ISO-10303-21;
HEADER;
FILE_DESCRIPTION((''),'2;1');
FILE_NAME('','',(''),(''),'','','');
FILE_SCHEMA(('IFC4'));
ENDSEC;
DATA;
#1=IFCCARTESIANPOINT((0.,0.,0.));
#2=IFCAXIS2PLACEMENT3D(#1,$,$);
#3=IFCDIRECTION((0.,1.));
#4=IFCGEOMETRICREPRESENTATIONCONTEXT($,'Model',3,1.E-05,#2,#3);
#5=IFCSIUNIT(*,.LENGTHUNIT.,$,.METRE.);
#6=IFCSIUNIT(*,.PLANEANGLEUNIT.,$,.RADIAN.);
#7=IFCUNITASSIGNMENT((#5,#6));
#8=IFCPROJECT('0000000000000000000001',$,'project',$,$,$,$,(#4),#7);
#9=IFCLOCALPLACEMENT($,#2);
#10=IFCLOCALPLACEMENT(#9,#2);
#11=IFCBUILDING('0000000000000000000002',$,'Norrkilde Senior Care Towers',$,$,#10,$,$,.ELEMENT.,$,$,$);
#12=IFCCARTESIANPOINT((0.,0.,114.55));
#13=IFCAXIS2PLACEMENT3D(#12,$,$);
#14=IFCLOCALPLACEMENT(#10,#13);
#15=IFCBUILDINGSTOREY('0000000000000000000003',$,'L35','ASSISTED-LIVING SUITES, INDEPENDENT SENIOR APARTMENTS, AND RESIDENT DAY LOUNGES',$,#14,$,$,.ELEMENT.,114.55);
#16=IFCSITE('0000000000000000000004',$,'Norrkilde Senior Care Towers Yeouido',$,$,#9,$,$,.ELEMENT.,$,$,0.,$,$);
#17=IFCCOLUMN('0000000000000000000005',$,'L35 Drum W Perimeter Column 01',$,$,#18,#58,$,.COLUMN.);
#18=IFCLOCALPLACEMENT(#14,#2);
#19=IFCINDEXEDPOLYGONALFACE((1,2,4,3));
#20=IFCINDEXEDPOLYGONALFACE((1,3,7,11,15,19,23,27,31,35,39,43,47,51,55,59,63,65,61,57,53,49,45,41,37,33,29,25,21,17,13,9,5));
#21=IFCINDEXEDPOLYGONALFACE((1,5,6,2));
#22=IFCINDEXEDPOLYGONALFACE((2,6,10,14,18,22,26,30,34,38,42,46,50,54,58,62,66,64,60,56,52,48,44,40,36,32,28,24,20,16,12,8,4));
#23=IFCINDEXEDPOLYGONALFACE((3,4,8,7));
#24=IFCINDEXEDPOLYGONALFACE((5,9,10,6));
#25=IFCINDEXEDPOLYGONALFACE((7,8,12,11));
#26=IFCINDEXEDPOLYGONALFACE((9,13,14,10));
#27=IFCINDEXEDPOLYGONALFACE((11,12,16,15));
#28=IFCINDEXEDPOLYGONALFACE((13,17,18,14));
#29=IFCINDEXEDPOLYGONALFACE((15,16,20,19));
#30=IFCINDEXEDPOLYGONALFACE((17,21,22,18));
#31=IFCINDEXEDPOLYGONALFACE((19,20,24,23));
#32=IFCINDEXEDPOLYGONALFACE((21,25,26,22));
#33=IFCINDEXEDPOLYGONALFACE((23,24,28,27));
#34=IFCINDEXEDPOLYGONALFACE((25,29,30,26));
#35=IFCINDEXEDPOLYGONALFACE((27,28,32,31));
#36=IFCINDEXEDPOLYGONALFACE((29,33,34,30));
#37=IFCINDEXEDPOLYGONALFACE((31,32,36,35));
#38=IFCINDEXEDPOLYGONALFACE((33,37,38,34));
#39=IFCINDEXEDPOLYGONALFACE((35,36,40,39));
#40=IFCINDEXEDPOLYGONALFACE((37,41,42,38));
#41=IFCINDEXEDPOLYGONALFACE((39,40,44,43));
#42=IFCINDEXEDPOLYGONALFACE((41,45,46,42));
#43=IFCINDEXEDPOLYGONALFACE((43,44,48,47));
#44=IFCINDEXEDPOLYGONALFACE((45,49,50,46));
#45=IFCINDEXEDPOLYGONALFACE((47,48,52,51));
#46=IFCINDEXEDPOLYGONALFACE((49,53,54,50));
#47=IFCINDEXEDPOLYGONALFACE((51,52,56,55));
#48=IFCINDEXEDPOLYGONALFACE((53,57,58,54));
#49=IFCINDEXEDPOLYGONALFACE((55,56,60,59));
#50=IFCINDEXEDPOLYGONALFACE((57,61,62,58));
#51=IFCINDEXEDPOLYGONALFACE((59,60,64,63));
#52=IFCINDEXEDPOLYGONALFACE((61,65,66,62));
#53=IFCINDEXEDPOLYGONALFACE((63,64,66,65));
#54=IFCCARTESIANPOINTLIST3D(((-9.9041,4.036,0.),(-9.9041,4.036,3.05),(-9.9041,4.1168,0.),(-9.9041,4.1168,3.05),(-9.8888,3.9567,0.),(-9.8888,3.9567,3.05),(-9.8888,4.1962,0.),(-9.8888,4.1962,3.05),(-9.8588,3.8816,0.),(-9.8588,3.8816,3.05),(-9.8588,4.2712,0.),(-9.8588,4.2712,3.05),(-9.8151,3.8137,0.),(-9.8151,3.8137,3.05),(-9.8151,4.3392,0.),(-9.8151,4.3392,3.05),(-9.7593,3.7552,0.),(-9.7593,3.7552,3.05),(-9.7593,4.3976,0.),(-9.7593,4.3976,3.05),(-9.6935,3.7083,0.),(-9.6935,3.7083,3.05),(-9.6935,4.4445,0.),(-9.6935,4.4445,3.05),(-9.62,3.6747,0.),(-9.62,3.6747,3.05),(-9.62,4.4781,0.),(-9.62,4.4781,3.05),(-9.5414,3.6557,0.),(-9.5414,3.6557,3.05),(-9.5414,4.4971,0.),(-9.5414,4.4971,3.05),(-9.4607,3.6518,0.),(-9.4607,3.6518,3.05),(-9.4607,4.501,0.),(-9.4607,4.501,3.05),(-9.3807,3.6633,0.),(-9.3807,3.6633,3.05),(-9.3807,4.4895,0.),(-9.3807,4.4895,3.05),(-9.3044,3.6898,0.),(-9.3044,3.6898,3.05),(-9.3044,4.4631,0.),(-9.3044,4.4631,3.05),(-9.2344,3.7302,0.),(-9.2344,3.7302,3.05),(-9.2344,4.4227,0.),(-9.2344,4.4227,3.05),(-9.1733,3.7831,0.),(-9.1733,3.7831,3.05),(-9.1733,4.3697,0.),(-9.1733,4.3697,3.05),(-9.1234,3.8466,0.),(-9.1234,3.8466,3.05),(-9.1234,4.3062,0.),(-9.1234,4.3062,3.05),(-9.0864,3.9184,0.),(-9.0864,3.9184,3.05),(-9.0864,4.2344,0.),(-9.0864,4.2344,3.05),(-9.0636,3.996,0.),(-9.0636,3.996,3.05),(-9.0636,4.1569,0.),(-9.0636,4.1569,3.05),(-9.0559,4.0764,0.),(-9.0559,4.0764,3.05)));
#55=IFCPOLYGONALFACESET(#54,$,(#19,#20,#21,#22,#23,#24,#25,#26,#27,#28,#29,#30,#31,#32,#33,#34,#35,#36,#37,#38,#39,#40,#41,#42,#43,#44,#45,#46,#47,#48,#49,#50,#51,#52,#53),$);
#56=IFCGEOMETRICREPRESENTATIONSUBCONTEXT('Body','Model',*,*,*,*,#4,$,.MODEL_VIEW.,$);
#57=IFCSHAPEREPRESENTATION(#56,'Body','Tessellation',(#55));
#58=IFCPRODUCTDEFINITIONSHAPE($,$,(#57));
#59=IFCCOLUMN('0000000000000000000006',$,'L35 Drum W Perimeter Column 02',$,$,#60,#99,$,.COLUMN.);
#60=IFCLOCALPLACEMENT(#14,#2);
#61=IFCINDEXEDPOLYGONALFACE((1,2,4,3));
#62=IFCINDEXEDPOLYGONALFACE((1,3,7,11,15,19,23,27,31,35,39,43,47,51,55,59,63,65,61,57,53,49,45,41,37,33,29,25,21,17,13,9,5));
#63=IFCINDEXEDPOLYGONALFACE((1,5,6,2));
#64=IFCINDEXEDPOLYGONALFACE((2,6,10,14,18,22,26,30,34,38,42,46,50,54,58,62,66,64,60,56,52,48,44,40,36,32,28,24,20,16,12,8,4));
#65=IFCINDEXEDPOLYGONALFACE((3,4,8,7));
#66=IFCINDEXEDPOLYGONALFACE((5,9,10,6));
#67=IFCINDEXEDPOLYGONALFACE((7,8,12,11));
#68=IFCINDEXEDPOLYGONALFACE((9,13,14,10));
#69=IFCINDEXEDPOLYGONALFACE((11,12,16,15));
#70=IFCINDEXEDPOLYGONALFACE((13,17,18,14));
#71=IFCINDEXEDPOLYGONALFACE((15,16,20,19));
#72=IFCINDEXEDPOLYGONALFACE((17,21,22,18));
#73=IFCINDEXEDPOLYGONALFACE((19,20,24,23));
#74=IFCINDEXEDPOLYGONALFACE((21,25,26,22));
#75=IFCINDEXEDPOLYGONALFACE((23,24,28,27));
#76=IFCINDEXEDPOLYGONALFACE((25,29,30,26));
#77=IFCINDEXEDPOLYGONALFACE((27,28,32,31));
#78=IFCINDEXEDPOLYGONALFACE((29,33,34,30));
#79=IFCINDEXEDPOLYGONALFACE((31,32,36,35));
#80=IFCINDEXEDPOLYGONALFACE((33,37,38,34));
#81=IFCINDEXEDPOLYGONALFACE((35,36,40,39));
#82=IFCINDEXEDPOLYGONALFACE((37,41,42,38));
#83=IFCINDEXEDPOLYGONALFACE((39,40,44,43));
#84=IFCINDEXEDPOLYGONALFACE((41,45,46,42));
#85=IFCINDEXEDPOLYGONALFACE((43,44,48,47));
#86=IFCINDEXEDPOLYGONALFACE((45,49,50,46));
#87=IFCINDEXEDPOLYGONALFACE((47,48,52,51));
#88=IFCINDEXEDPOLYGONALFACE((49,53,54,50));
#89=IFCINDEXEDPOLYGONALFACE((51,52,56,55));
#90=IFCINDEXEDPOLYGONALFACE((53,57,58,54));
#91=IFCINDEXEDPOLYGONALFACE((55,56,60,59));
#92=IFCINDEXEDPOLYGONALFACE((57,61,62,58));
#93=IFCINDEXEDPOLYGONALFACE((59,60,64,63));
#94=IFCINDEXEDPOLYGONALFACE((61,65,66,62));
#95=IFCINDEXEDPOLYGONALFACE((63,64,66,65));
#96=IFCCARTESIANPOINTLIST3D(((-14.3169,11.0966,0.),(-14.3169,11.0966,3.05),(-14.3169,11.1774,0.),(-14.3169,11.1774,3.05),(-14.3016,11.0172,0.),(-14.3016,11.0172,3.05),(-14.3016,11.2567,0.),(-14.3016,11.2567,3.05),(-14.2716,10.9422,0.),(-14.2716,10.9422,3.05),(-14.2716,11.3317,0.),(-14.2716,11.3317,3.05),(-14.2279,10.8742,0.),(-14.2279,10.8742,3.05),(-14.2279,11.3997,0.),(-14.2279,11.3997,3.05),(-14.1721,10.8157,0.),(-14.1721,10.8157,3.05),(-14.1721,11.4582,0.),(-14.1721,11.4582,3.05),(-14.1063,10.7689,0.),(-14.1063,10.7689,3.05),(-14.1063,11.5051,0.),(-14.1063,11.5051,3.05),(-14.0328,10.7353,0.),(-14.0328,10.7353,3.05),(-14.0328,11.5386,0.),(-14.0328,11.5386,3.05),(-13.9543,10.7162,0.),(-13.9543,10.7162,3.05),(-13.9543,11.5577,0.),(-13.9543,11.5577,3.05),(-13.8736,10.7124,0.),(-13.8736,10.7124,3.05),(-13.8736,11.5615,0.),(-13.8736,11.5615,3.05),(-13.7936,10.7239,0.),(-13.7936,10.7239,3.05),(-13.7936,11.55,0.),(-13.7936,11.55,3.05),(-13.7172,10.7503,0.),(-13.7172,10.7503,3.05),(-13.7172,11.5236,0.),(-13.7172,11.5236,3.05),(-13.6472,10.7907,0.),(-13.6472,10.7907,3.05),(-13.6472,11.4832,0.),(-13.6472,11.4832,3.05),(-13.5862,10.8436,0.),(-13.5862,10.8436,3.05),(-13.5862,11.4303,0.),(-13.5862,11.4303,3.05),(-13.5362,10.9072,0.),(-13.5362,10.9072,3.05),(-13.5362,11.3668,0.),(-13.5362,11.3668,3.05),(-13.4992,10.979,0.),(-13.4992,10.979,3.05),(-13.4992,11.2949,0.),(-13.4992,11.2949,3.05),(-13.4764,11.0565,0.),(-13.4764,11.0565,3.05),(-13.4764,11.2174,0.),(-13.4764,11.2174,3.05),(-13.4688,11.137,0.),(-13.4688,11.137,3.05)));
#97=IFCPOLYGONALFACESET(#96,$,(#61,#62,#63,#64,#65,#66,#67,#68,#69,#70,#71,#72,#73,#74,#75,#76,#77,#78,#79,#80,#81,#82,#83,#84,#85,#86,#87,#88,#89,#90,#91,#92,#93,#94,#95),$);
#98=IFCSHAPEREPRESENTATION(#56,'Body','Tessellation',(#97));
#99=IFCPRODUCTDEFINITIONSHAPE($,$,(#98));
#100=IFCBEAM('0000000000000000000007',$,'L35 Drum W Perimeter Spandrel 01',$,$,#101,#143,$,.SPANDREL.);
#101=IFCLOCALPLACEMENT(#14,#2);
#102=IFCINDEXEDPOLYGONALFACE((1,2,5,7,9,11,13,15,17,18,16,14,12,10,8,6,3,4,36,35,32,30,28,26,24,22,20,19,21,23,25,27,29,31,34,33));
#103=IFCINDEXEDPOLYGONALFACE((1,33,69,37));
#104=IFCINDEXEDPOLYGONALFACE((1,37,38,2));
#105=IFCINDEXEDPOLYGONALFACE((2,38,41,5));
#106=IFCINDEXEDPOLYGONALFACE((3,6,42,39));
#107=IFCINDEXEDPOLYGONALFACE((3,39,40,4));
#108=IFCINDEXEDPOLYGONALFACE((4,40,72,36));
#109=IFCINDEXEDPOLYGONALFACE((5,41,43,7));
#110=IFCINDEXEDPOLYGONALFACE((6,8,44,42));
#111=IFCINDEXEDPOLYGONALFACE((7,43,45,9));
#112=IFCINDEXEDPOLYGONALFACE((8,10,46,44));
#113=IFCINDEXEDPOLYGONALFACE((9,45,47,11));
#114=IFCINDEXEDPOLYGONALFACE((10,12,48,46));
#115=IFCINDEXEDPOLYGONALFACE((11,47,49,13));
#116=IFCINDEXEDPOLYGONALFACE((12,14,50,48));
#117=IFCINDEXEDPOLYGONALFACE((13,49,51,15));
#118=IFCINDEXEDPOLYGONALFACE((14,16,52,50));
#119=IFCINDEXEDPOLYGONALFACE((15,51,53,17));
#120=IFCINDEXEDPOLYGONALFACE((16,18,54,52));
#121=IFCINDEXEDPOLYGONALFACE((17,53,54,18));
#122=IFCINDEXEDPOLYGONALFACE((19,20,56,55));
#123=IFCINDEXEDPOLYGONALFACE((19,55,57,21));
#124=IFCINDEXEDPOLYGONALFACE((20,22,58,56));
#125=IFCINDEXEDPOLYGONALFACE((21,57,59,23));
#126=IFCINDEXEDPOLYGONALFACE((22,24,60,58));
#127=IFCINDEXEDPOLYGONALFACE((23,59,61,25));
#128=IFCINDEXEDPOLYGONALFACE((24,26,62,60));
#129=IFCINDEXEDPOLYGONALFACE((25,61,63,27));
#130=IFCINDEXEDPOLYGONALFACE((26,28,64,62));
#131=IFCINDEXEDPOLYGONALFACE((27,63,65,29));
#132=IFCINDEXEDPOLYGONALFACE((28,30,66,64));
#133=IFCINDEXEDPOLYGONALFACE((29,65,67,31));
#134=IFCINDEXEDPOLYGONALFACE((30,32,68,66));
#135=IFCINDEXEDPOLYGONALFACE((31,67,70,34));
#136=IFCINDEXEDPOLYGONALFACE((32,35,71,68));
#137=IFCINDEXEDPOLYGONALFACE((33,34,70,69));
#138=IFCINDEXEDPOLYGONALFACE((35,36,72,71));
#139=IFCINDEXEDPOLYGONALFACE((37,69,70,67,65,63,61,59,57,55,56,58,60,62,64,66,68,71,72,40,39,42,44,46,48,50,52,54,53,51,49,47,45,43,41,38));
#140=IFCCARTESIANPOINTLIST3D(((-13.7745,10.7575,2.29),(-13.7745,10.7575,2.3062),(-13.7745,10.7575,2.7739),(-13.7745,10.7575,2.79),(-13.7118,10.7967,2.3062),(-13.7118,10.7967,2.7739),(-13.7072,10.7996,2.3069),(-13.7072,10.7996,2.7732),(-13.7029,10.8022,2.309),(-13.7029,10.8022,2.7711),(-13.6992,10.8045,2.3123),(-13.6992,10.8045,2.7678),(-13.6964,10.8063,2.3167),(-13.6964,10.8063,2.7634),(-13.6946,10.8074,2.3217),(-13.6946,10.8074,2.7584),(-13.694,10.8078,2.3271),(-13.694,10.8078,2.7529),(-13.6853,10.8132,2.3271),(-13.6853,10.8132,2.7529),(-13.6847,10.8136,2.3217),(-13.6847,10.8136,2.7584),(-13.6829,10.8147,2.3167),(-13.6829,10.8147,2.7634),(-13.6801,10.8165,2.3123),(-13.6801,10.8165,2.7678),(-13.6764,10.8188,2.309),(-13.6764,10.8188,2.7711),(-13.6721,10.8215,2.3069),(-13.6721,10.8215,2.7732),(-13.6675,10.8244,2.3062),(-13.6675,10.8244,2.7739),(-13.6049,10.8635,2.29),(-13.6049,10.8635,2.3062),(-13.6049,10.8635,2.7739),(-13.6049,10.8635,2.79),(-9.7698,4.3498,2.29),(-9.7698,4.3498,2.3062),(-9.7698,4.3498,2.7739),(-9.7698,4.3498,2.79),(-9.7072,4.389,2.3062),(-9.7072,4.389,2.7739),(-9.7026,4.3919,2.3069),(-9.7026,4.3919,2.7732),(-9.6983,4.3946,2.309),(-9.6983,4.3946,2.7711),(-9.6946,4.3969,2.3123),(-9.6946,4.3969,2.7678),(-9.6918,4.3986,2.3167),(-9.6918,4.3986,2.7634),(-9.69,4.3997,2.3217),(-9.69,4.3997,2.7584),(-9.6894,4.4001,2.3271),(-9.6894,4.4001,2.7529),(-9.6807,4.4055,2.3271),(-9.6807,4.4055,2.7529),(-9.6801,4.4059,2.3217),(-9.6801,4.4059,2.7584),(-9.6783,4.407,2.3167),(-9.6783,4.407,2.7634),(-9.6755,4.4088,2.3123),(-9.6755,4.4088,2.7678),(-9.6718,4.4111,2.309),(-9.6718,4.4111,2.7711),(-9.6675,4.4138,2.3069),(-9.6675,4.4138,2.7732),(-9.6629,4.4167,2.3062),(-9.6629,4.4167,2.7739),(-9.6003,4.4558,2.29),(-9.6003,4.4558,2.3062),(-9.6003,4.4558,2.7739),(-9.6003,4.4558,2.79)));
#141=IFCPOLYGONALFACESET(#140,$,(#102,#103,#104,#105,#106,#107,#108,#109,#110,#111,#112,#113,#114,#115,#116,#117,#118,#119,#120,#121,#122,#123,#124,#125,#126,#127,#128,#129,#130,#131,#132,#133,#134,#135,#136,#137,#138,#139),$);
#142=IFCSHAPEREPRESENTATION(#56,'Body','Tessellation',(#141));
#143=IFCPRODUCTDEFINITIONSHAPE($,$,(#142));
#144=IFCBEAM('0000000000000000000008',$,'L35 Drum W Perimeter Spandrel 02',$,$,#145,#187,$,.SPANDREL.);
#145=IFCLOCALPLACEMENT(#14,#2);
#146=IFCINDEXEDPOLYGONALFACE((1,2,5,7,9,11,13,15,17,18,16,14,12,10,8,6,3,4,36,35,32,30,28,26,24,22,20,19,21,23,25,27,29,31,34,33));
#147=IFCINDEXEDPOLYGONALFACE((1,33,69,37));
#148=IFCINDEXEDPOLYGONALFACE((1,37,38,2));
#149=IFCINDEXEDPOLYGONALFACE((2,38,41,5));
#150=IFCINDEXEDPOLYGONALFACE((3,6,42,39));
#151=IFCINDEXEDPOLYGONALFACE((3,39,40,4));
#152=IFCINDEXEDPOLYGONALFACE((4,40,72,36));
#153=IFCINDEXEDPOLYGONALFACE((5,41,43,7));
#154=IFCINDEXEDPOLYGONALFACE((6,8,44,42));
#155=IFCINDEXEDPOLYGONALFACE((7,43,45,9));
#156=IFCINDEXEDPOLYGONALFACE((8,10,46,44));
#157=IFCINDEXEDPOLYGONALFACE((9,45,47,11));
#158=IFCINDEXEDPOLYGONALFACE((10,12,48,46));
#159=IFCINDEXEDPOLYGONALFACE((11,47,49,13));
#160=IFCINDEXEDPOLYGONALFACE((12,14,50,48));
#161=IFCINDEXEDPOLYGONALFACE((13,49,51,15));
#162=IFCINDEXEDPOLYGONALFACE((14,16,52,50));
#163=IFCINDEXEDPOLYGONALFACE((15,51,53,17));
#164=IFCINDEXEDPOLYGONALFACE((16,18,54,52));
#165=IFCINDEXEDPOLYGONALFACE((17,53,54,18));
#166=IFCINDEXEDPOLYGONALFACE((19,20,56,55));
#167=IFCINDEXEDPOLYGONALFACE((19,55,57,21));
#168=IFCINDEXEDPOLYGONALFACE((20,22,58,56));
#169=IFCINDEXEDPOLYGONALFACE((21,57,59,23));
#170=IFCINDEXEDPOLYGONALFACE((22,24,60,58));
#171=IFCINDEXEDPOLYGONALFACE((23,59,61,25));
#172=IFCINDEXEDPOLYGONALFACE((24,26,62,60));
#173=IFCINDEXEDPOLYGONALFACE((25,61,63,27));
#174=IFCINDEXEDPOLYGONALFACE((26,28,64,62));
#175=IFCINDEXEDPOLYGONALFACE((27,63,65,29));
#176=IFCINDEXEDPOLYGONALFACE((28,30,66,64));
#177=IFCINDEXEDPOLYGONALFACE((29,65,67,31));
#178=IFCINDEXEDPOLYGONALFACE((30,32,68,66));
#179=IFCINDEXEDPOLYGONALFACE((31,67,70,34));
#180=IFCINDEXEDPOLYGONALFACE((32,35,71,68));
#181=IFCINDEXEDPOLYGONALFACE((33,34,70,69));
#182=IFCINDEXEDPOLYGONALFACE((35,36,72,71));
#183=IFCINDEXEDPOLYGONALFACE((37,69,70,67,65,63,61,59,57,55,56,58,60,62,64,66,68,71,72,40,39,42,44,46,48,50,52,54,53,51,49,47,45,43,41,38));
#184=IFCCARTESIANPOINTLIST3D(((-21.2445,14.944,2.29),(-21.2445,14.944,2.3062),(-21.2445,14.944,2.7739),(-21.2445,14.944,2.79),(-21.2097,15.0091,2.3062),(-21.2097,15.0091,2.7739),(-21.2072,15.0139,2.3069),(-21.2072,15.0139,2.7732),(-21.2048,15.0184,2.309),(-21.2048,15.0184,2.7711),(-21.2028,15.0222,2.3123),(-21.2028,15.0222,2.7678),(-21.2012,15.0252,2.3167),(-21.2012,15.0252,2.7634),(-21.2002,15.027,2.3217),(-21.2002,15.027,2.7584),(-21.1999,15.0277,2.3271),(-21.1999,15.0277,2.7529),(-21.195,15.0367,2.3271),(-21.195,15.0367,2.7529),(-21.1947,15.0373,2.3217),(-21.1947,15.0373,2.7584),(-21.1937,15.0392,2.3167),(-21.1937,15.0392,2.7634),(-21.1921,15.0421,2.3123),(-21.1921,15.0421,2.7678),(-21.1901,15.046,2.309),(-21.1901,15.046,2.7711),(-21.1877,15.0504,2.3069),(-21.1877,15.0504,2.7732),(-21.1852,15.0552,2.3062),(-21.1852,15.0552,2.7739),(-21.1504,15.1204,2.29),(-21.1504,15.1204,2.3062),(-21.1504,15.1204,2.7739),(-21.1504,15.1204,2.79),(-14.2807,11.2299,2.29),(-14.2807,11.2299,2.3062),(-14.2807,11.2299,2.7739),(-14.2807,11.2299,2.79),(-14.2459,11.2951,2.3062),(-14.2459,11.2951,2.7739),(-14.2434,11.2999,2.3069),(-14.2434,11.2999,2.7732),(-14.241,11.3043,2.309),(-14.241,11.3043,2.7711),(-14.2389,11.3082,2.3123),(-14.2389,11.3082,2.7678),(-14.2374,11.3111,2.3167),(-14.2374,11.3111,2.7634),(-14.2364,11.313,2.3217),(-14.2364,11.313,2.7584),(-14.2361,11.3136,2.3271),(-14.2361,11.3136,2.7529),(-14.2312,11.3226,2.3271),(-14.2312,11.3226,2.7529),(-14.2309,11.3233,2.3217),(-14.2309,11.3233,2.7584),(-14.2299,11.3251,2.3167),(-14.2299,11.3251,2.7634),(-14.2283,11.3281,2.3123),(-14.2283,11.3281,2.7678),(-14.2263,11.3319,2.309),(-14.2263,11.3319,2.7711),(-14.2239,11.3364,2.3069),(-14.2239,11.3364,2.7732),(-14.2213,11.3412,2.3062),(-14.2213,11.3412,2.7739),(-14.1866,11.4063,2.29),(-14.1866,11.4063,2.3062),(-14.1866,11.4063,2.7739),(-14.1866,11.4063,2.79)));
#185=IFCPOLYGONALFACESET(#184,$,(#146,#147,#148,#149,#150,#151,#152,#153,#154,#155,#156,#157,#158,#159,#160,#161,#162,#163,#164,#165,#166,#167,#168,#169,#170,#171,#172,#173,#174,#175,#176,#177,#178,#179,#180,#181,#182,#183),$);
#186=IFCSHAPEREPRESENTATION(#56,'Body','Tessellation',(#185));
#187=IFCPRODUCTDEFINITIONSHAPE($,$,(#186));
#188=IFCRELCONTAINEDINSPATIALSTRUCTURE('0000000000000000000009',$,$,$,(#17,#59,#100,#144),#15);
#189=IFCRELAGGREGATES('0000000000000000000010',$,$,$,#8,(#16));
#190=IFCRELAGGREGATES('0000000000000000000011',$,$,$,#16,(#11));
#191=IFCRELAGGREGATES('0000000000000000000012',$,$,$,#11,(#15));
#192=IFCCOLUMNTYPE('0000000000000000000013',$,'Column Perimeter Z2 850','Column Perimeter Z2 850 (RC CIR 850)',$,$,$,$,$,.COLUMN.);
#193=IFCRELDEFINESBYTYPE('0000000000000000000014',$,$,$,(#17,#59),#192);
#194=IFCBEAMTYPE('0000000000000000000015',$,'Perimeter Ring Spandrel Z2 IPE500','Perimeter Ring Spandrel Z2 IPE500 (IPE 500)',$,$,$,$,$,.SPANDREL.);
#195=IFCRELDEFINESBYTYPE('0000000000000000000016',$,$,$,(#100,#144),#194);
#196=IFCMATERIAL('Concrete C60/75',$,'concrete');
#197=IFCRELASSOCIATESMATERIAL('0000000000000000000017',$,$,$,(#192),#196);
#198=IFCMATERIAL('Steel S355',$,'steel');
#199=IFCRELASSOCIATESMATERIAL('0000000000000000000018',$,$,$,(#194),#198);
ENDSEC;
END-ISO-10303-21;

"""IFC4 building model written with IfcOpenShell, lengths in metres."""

from ifc_helpers import new_model, si_unit, direction, frame, origin, origin_2d, place, context, subcontext, project, spatial, circle, i_section, extrude, source, transform, mapped, material, material_profile, profile_set, type_object, type_shapes, element, save


model = new_model("IFC4")

# Units and contexts
model_context = context("Model", 3, precision=1e-05, world=origin(), true_north=direction((0.0, 1.0)))
body_context = subcontext(model_context, "Body", "Model", "MODEL_VIEW")
ifc_project = project(units=[si_unit("LENGTHUNIT", "METRE"), si_unit("PLANEANGLEUNIT", "RADIAN")], contexts=[model_context])

# Site, building, storey
site_placement = place(None, origin())
site = spatial("IfcSite", under=ifc_project, at=site_placement, Name="Norrkilde Senior Care Towers Yeouido", CompositionType="ELEMENT", RefElevation=0.0)
building_placement = place(site_placement, origin())
building = spatial("IfcBuilding", under=site, at=building_placement, Name="Norrkilde Senior Care Towers", CompositionType="ELEMENT")
storey_placement = place(building_placement, frame((0.0, 0.0, 114.55)))
storey = spatial("IfcBuildingStorey", under=building, at=storey_placement, Name="L35", Description="ASSISTED-LIVING SUITES, INDEPENDENT SENIOR APARTMENTS, AND RESIDENT DAY LOUNGES", CompositionType="ELEMENT", Elevation=114.55)

# Columns
ifc_material_1 = material(Name="Concrete C60/75", Category="concrete")
ifc_material_profile_1 = material_profile(ifc_material_1, circle(Radius=0.425, at=origin_2d()), Name="RC CIR 850")
ifc_profile_set_1 = profile_set([ifc_material_profile_1], Name="Concrete C60/75")
column_type = type_object("IfcColumnType", Name="Column Perimeter Z2 850", Description="Column Perimeter Z2 850 (RC CIR 850)", PredefinedType="COLUMN", material=ifc_profile_set_1)
shared_shape_1 = source(origin(), body_context, "Body", "SweptSolid", [
    extrude(circle(Radius=0.425, at=origin_2d()), origin(), (0.0, 0.0, 1.0), 3.05),
])
type_shapes(column_type, [shared_shape_1])
for number, where, z_axis, x_axis, name in (
    (1, (-9.481, 4.0764, 0.0), (0.0, 0.0, 1.0), (1.0, 0.0, 0.0), "L35 Drum W Perimeter Column 01"),
    (2, (-13.8938, 11.137, 0.0), (0.0, 0.0, 1.0), (1.0, 0.0, 0.0), "L35 Drum W Perimeter Column 02"),
):
    element("IfcColumn", number, at=place(storey_placement, frame(where, z_axis=z_axis, x_axis=x_axis)), inside=storey, type_object=column_type, Name=name, PredefinedType="COLUMN", context=body_context, shape_type="MappedRepresentation", body=[
        mapped(shared_shape_1, transform((0.0, 0.0, 0.0), x_axis=(1.0, 0.0, 0.0), y_axis=(0.0, 1.0, 0.0), z_axis=(0.0, 0.0, 1.0), scale=1.0)),
    ])

# Beams
ifc_material_2 = material(Name="Steel S355", Category="steel")
ifc_material_profile_2 = material_profile(ifc_material_2, i_section(OverallWidth=0.2, OverallDepth=0.5, WebThickness=0.0103, FlangeThickness=0.0161, FilletRadius=0.021, at=origin_2d()), Name="IPE 500")
ifc_profile_set_2 = profile_set([ifc_material_profile_2], Name="Steel S355")
beam_type_1 = type_object("IfcBeamType", Name="Perimeter Ring Spandrel Z2 IPE500", Description="Perimeter Ring Spandrel Z2 IPE500 (IPE 500)", PredefinedType="SPANDREL", material=ifc_profile_set_2)
shared_shape_2 = source(origin(), body_context, "Body", "SweptSolid", [
    extrude(i_section(OverallWidth=0.2, OverallDepth=0.5, WebThickness=0.0103, FlangeThickness=0.0161, FilletRadius=0.021, at=origin_2d()), origin(), (0.0, 0.0, 1.0), 7.5562),
])
beam_1_placement = place(storey_placement, frame((-9.6851, 4.4028, 2.54), z_axis=(-0.529982, 0.848009, 0.0), x_axis=(-0.848009, -0.529982, 0.0)))
element("IfcBeam", 3, at=beam_1_placement, inside=storey, type_object=beam_type_1, Name="L35 Drum W Perimeter Spandrel 01", PredefinedType="SPANDREL", context=body_context, shape_type="MappedRepresentation", body=[
    mapped(shared_shape_2, transform((0.0, 0.0, 0.0), x_axis=(1.0, 0.0, 0.0), y_axis=(0.0, 1.0, 0.0), z_axis=(0.0, 0.0, 1.0), scale=1.0)),
])
shared_shape_3 = source(origin(), body_context, "Body", "SweptSolid", [
    extrude(i_section(OverallWidth=0.2, OverallDepth=0.5, WebThickness=0.0103, FlangeThickness=0.0161, FilletRadius=0.021, at=origin_2d()), origin(), (0.0, 0.0, 1.0), 7.8923),
])
type_shapes(beam_type_1, [shared_shape_2, shared_shape_3])
beam_2_placement = place(storey_placement, frame((-14.2336, 11.3181, 2.54), z_axis=(-0.88235, 0.470593, 0.0), x_axis=(-0.470593, -0.88235, 0.0)))
element("IfcBeam", 4, at=beam_2_placement, inside=storey, type_object=beam_type_1, Name="L35 Drum W Perimeter Spandrel 02", PredefinedType="SPANDREL", context=body_context, shape_type="MappedRepresentation", body=[
    mapped(shared_shape_3, transform((0.0, 0.0, 0.0), x_axis=(1.0, 0.0, 0.0), y_axis=(0.0, 1.0, 0.0), z_axis=(0.0, 0.0, 1.0), scale=1.0)),
])

save(model, "model.ifc")
